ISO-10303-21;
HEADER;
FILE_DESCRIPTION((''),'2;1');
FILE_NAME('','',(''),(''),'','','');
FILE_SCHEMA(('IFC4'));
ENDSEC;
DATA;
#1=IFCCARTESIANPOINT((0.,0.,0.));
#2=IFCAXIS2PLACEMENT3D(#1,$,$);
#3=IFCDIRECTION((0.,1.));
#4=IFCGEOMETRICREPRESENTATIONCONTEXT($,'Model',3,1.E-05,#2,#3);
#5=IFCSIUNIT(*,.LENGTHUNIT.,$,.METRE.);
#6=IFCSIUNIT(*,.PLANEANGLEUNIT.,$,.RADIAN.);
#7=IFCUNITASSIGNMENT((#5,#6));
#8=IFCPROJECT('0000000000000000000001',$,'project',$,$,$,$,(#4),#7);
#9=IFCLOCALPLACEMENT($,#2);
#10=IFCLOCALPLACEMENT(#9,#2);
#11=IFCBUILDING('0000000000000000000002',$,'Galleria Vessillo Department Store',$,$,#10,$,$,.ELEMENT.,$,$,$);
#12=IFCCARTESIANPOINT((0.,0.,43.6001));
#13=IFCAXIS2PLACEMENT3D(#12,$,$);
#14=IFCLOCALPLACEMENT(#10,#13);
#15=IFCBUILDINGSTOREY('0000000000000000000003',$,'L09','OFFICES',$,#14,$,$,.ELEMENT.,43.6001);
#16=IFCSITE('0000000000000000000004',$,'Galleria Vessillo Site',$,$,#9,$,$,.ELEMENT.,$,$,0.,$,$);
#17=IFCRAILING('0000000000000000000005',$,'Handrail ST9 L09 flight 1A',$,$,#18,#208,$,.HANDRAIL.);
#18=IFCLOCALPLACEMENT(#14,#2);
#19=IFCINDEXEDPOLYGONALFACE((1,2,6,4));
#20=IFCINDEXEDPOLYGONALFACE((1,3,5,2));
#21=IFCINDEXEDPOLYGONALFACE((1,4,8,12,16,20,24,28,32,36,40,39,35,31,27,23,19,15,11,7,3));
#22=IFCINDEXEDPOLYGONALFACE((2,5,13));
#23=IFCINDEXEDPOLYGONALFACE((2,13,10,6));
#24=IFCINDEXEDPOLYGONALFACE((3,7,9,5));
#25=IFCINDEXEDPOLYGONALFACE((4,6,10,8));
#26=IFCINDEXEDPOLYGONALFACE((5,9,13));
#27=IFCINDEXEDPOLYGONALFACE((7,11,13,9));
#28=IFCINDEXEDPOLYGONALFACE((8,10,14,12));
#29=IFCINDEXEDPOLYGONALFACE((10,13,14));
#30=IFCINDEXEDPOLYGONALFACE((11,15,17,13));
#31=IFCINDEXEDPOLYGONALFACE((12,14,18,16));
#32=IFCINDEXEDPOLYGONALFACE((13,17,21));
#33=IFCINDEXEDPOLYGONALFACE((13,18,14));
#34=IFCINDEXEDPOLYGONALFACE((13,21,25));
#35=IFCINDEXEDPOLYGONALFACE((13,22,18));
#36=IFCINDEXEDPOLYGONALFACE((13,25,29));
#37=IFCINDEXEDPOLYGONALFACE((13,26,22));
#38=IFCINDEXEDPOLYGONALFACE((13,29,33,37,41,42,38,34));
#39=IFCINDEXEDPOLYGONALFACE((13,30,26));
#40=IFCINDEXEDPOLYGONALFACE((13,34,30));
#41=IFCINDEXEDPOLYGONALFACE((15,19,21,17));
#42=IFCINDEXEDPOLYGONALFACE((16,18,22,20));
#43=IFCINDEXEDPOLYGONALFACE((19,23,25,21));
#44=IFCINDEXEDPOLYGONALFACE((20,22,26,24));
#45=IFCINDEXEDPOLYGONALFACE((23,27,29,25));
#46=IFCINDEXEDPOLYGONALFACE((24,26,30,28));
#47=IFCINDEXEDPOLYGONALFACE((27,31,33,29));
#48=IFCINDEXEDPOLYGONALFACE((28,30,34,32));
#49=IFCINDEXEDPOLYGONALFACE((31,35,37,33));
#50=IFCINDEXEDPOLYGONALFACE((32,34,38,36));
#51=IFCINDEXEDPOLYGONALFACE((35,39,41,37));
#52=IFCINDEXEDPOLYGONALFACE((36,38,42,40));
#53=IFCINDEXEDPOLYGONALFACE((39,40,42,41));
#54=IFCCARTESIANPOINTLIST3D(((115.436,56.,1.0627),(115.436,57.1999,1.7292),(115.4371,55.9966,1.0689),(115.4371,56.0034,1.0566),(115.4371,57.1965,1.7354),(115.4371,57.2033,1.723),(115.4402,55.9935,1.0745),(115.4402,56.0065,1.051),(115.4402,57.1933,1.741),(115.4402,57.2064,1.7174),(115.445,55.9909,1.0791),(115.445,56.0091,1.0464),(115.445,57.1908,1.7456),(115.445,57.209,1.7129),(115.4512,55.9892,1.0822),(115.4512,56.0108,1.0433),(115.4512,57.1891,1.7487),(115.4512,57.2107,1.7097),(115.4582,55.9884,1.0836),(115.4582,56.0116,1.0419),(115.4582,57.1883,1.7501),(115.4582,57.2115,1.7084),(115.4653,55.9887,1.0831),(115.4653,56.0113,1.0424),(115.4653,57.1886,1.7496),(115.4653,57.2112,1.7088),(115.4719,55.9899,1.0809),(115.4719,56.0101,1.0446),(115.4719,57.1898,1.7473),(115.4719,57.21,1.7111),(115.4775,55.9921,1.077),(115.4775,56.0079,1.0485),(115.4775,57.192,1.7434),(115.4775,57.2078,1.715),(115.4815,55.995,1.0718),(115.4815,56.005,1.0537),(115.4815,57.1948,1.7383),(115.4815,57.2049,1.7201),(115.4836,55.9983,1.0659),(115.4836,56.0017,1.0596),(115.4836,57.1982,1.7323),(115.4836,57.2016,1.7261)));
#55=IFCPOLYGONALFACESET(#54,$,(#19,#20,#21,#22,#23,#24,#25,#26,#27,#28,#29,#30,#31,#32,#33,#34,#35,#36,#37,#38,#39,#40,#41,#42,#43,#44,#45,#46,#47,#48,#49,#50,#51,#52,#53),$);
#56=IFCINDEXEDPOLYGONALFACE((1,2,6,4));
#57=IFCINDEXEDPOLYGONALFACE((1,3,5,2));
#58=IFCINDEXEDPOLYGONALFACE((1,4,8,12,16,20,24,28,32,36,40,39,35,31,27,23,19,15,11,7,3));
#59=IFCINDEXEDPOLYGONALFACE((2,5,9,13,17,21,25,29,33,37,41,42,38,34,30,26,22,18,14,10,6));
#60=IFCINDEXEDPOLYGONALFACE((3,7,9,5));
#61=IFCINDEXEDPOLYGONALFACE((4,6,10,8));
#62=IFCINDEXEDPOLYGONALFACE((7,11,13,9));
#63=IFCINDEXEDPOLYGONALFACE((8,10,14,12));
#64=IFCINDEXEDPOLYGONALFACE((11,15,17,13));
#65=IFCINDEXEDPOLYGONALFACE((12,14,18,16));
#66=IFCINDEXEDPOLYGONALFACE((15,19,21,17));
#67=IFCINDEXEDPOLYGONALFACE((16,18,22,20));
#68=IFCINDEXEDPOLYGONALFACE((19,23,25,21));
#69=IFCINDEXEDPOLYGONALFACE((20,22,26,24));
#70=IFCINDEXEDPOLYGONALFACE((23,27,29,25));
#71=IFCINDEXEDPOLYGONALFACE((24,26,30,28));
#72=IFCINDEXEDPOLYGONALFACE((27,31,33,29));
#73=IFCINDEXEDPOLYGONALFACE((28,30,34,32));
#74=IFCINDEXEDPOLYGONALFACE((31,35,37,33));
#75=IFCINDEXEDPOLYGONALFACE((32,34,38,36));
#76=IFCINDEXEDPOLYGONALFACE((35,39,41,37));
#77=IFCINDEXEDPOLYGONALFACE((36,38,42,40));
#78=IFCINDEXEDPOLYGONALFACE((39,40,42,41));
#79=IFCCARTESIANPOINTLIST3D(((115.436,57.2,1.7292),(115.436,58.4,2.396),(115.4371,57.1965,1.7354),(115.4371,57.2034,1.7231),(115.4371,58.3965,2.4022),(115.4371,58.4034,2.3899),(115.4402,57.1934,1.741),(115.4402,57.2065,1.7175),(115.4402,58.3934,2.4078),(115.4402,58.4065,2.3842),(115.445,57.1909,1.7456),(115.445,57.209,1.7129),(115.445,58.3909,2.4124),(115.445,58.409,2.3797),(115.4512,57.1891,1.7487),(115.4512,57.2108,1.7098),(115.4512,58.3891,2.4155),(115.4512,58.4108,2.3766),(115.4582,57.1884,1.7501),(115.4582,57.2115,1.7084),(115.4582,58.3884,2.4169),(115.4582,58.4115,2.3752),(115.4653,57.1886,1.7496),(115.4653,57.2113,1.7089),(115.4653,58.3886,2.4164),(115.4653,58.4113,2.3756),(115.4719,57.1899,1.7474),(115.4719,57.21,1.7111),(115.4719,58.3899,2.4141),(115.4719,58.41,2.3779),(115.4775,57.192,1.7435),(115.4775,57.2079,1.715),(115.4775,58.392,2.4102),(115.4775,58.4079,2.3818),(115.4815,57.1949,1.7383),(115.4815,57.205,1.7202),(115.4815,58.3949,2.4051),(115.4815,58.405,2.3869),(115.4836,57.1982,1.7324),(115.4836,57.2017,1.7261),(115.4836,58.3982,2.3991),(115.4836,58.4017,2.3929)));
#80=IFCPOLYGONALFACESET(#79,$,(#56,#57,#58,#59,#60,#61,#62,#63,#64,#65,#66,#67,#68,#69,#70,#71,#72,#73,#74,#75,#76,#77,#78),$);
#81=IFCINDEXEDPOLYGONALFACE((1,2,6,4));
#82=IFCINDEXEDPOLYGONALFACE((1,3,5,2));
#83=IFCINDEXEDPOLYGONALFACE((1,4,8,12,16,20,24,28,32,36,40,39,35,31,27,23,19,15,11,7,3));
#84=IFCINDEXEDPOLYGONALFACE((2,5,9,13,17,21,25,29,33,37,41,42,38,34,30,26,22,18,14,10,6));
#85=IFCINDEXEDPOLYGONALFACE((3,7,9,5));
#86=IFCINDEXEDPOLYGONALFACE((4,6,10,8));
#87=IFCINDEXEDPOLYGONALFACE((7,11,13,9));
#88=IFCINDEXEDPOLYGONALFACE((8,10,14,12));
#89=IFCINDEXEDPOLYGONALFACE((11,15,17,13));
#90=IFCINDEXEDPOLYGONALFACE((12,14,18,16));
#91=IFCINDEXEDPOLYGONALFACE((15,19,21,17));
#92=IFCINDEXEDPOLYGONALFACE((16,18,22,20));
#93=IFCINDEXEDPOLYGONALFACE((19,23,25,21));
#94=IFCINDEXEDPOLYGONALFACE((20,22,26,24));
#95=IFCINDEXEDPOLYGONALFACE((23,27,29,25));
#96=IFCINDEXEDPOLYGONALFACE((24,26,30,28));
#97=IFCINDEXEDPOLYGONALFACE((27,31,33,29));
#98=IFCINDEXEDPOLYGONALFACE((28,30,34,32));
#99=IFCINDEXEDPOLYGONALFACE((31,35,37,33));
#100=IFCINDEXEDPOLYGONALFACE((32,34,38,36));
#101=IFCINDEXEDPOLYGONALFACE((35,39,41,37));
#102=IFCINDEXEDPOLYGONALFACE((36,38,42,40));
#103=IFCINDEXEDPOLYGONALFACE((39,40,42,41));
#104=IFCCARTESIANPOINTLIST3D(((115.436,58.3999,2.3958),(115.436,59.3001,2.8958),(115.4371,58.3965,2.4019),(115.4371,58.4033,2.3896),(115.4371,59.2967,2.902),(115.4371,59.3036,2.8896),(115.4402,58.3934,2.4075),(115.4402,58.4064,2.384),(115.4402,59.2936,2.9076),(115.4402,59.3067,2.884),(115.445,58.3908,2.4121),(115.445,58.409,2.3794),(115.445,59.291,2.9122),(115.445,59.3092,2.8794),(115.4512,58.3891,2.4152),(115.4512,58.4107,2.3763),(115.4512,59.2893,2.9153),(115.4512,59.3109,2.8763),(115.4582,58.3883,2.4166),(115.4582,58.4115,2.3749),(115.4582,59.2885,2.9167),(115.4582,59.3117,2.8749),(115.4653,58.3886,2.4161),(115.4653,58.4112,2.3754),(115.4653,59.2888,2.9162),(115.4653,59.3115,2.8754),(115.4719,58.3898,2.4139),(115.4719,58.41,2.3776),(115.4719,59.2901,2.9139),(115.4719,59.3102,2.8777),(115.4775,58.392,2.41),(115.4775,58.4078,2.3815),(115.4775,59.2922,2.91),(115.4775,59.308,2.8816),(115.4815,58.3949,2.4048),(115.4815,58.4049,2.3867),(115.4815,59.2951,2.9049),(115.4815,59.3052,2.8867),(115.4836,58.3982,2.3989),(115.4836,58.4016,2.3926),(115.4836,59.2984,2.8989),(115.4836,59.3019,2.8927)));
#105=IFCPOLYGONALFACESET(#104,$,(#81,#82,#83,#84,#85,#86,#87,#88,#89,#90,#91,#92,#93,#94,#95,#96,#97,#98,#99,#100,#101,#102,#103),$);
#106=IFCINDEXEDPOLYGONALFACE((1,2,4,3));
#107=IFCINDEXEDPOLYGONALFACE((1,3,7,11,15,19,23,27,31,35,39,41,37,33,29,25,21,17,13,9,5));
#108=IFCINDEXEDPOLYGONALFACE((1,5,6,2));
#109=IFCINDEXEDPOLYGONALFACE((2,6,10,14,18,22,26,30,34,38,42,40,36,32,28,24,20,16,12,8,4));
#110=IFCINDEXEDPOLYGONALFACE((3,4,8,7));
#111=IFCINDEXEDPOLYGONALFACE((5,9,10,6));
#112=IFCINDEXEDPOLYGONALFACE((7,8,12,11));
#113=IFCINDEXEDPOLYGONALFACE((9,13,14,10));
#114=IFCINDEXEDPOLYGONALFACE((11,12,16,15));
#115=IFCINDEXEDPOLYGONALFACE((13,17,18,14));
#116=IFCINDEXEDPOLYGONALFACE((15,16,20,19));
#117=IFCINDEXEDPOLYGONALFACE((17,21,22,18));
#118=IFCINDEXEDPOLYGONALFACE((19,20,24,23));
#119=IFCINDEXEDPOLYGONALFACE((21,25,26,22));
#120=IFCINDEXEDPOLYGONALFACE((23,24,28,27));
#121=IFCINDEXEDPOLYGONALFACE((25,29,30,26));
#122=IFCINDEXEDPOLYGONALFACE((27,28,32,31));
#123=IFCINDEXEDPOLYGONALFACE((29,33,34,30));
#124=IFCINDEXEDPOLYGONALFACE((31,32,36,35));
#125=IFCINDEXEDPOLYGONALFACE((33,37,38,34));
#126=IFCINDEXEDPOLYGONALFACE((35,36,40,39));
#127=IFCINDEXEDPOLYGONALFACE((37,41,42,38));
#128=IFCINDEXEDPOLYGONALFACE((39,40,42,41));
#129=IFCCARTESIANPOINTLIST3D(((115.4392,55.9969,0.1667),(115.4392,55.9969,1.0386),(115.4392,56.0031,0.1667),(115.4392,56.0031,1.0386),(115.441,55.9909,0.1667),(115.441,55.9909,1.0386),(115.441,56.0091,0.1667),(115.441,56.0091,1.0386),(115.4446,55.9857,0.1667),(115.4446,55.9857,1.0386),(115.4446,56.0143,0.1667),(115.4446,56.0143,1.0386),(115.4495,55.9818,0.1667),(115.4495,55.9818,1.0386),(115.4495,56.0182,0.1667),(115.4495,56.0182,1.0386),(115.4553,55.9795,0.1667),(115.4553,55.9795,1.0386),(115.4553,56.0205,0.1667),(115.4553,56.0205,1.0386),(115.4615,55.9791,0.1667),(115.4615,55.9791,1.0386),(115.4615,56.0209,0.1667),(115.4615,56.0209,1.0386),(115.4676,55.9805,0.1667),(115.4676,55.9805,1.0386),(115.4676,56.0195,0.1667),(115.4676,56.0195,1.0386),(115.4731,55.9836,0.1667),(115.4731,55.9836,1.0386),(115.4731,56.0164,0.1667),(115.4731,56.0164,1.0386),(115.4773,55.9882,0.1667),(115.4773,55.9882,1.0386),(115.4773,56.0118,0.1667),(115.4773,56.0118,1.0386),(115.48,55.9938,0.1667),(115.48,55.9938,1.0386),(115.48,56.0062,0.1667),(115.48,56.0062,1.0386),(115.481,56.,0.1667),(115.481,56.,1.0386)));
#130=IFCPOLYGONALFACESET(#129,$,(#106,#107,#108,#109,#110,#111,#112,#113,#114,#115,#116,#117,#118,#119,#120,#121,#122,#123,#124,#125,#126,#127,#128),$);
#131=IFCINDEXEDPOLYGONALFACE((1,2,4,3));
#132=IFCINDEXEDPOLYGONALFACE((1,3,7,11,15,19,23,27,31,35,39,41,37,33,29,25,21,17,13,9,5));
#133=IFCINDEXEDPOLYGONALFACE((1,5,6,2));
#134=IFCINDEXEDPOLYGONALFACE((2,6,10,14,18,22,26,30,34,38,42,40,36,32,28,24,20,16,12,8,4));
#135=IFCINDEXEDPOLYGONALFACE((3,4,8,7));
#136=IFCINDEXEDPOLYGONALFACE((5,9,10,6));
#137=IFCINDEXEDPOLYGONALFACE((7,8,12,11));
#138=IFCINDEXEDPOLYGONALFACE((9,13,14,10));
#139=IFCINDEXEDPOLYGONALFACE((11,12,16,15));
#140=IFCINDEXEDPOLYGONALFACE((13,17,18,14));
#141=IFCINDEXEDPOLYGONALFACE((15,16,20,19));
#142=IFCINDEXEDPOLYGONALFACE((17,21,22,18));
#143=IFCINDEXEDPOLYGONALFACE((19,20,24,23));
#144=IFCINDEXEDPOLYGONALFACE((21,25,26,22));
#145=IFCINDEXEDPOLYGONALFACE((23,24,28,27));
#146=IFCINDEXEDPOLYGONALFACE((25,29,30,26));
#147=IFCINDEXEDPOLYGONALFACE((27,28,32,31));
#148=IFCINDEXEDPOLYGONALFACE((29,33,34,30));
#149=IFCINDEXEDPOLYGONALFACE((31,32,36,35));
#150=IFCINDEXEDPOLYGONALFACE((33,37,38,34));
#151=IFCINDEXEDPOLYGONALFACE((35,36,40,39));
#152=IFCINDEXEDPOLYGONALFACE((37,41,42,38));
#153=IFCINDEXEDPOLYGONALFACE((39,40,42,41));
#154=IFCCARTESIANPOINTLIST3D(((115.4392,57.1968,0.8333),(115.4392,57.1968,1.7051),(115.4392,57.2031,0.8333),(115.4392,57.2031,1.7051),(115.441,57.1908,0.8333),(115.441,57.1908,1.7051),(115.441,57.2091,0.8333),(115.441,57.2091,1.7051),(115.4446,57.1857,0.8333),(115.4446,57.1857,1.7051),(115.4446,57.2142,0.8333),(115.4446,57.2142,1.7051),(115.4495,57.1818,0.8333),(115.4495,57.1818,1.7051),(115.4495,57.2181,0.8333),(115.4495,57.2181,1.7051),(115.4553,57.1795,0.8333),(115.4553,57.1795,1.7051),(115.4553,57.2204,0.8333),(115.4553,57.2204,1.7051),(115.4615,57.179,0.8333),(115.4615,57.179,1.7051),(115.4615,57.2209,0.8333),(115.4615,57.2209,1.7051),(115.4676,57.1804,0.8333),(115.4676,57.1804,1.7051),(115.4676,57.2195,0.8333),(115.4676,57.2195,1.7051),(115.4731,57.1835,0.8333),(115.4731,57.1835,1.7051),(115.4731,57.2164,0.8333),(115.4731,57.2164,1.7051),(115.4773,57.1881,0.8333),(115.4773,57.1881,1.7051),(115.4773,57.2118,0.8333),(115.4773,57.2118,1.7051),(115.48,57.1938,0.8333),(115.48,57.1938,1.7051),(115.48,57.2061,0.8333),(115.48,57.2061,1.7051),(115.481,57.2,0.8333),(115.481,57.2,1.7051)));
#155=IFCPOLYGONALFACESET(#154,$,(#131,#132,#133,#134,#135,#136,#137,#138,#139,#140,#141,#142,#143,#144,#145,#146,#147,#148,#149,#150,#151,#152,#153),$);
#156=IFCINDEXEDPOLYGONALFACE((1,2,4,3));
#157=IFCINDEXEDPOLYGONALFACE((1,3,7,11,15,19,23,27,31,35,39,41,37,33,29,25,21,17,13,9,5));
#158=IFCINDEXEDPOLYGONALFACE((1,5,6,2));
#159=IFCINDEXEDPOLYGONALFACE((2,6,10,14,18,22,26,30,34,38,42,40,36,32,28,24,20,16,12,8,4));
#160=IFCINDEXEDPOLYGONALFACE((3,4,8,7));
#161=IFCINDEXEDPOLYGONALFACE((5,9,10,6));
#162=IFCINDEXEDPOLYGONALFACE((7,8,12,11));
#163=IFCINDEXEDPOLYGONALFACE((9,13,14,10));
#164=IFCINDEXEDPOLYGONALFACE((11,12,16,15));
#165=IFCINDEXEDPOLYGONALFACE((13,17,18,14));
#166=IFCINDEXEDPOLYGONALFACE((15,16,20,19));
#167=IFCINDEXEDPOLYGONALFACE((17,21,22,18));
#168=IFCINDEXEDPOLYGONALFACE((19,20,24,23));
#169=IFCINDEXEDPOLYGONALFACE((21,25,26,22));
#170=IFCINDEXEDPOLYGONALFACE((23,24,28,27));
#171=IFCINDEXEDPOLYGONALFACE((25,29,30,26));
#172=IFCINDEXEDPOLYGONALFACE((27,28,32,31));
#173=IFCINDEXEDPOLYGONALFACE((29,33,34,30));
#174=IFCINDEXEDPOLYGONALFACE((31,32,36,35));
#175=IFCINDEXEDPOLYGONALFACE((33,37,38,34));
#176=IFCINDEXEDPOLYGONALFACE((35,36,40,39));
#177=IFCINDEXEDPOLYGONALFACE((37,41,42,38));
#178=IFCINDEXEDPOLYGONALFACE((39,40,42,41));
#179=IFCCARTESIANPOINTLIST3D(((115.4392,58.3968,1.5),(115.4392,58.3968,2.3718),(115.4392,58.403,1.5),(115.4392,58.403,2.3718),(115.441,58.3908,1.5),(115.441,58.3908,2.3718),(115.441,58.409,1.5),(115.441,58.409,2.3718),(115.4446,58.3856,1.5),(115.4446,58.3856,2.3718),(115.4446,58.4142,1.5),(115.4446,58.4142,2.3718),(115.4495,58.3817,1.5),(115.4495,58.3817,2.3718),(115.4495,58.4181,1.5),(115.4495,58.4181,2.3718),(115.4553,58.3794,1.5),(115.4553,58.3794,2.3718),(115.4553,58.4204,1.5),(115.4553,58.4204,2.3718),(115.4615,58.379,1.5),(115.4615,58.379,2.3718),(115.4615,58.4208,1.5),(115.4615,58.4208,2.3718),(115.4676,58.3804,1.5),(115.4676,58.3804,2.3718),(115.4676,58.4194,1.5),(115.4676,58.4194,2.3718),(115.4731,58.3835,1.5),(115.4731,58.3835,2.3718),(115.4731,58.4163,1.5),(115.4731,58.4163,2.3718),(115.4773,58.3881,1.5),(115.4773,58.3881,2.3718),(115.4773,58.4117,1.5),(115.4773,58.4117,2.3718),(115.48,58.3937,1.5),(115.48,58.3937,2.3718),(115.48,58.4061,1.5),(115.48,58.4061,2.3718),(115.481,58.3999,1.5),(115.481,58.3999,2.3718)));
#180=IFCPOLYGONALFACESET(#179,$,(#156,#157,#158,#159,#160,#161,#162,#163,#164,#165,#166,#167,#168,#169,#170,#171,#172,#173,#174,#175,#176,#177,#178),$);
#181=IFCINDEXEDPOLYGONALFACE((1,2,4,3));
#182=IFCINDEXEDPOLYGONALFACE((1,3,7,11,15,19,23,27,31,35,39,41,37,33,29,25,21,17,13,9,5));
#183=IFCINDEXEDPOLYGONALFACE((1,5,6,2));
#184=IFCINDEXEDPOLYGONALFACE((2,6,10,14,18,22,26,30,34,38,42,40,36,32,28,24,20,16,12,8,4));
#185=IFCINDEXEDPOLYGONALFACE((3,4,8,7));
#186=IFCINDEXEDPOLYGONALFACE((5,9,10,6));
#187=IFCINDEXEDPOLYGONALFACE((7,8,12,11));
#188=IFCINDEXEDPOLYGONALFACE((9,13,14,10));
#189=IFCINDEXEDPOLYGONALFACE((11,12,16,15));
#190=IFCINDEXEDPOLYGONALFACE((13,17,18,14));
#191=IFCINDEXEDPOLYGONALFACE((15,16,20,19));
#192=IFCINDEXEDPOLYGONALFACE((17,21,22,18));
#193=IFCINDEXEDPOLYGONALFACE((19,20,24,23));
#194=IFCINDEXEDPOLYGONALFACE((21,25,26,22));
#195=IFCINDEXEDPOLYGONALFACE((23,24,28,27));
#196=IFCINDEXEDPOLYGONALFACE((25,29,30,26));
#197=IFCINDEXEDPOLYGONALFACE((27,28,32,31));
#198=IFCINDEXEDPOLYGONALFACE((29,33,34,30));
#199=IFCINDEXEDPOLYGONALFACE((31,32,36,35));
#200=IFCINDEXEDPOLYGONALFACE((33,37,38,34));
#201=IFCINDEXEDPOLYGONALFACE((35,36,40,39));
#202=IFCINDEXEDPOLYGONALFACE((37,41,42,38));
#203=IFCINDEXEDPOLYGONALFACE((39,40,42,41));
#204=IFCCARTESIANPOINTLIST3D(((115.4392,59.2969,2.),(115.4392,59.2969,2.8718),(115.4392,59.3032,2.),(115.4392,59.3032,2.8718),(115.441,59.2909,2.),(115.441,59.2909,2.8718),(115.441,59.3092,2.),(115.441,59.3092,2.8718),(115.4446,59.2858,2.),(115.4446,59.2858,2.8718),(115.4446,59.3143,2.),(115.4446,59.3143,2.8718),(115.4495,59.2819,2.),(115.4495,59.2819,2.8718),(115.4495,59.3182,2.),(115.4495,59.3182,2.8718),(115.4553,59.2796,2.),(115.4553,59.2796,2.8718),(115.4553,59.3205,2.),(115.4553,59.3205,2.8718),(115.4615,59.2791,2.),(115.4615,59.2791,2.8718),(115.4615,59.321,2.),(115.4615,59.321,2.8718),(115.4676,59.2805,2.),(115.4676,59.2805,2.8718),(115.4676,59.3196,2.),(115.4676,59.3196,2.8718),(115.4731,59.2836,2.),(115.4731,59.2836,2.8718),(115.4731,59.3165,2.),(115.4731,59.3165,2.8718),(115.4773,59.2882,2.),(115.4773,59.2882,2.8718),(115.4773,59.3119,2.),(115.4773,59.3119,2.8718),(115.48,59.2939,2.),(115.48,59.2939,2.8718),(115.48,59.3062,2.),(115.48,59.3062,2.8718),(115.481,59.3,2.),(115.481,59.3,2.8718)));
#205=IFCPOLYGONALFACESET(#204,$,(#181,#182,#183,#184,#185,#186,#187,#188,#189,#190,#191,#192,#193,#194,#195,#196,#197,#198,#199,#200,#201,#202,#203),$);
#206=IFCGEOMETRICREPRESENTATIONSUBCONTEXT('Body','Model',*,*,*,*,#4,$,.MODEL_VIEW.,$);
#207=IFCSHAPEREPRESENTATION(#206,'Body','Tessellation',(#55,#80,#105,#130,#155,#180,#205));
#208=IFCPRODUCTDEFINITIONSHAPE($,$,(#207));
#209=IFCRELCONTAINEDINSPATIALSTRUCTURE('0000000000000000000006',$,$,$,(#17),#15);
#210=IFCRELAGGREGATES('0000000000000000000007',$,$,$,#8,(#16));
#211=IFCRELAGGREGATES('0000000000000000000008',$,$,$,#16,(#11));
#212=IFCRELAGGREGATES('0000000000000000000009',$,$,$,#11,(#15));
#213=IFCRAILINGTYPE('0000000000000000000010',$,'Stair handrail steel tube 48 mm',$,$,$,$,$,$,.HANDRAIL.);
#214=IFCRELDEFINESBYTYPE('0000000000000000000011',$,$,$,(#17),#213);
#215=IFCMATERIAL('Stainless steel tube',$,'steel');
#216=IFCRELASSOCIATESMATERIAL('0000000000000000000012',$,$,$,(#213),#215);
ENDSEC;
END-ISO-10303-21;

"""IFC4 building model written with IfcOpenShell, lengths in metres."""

from ifc_helpers import new_model, si_unit, direction, frame, origin, origin_2d, place, context, subcontext, project, spatial, circle, extrude, material, type_object, element, save


model = new_model("IFC4")

# Units and contexts
model_context = context("Model", 3, precision=1e-05, world=origin(), true_north=direction((0.0, 1.0)))
body_context = subcontext(model_context, "Body", "Model", "MODEL_VIEW")
ifc_project = project(units=[si_unit("LENGTHUNIT", "METRE"), si_unit("PLANEANGLEUNIT", "RADIAN")], contexts=[model_context])

# Site, building, storey
site_placement = place(None, origin())
site = spatial("IfcSite", under=ifc_project, at=site_placement, Name="Galleria Vessillo Site", CompositionType="ELEMENT", RefElevation=0.0)
building_placement = place(site_placement, origin())
building = spatial("IfcBuilding", under=site, at=building_placement, Name="Galleria Vessillo Department Store", CompositionType="ELEMENT")
storey_placement = place(building_placement, frame((0.0, 0.0, 43.6001)))
storey = spatial("IfcBuildingStorey", under=building, at=storey_placement, Name="L09", Description="OFFICES", CompositionType="ELEMENT", Elevation=43.6001)

# Railing
ifc_material_1 = material(Name="Stainless steel tube", Category="steel")
railing_type = type_object("IfcRailingType", Name="Stair handrail steel tube 48 mm", PredefinedType="HANDRAIL", material=ifc_material_1)
railing_placement = place(storey_placement, frame((115.46, 56.0, 0.1667)))
element("IfcRailing", 1, at=railing_placement, inside=storey, type_object=railing_type, Name="Handrail ST9 L09 flight 1A", PredefinedType="HANDRAIL", context=body_context, shape_type="SweptSolid", body=[
    extrude(circle(Radius=0.0239, at=origin_2d()), frame((0.0, 0.0, 0.896), z_axis=(0.0, 0.874199, 0.485567), x_axis=(-1.0, 0.0, 0.0)), (0.0, 0.0, 1.0), 1.3726),
    extrude(circle(Radius=0.0239, at=origin_2d()), frame((0.0, 1.2, 1.5625), z_axis=(0.0, 0.874124, 0.485703), x_axis=(-1.0, 0.0, 0.0)), (0.0, 0.0, 1.0), 1.3728),
    extrude(circle(Radius=0.0239, at=origin_2d()), frame((0.0, 2.3999, 2.229), z_axis=(0.0, 0.874191, 0.485583), x_axis=(-1.0, 0.0, 0.0)), (0.0, 0.0, 1.0), 1.0298),
    extrude(circle(Radius=0.021, at=origin_2d()), origin(), (0.0, 0.0, 1.0), 0.8718),
    extrude(circle(Radius=0.021, at=origin_2d()), frame((0.0, 1.2, 0.6665)), (0.0, 0.0, 1.0), 0.8718),
    extrude(circle(Radius=0.021, at=origin_2d()), frame((0.0, 2.3999, 1.3333)), (0.0, 0.0, 1.0), 0.8718),
    extrude(circle(Radius=0.021, at=origin_2d()), frame((0.0, 3.3, 1.8333)), (0.0, 0.0, 1.0), 0.8718),
])

save(model, "model.ifc")
